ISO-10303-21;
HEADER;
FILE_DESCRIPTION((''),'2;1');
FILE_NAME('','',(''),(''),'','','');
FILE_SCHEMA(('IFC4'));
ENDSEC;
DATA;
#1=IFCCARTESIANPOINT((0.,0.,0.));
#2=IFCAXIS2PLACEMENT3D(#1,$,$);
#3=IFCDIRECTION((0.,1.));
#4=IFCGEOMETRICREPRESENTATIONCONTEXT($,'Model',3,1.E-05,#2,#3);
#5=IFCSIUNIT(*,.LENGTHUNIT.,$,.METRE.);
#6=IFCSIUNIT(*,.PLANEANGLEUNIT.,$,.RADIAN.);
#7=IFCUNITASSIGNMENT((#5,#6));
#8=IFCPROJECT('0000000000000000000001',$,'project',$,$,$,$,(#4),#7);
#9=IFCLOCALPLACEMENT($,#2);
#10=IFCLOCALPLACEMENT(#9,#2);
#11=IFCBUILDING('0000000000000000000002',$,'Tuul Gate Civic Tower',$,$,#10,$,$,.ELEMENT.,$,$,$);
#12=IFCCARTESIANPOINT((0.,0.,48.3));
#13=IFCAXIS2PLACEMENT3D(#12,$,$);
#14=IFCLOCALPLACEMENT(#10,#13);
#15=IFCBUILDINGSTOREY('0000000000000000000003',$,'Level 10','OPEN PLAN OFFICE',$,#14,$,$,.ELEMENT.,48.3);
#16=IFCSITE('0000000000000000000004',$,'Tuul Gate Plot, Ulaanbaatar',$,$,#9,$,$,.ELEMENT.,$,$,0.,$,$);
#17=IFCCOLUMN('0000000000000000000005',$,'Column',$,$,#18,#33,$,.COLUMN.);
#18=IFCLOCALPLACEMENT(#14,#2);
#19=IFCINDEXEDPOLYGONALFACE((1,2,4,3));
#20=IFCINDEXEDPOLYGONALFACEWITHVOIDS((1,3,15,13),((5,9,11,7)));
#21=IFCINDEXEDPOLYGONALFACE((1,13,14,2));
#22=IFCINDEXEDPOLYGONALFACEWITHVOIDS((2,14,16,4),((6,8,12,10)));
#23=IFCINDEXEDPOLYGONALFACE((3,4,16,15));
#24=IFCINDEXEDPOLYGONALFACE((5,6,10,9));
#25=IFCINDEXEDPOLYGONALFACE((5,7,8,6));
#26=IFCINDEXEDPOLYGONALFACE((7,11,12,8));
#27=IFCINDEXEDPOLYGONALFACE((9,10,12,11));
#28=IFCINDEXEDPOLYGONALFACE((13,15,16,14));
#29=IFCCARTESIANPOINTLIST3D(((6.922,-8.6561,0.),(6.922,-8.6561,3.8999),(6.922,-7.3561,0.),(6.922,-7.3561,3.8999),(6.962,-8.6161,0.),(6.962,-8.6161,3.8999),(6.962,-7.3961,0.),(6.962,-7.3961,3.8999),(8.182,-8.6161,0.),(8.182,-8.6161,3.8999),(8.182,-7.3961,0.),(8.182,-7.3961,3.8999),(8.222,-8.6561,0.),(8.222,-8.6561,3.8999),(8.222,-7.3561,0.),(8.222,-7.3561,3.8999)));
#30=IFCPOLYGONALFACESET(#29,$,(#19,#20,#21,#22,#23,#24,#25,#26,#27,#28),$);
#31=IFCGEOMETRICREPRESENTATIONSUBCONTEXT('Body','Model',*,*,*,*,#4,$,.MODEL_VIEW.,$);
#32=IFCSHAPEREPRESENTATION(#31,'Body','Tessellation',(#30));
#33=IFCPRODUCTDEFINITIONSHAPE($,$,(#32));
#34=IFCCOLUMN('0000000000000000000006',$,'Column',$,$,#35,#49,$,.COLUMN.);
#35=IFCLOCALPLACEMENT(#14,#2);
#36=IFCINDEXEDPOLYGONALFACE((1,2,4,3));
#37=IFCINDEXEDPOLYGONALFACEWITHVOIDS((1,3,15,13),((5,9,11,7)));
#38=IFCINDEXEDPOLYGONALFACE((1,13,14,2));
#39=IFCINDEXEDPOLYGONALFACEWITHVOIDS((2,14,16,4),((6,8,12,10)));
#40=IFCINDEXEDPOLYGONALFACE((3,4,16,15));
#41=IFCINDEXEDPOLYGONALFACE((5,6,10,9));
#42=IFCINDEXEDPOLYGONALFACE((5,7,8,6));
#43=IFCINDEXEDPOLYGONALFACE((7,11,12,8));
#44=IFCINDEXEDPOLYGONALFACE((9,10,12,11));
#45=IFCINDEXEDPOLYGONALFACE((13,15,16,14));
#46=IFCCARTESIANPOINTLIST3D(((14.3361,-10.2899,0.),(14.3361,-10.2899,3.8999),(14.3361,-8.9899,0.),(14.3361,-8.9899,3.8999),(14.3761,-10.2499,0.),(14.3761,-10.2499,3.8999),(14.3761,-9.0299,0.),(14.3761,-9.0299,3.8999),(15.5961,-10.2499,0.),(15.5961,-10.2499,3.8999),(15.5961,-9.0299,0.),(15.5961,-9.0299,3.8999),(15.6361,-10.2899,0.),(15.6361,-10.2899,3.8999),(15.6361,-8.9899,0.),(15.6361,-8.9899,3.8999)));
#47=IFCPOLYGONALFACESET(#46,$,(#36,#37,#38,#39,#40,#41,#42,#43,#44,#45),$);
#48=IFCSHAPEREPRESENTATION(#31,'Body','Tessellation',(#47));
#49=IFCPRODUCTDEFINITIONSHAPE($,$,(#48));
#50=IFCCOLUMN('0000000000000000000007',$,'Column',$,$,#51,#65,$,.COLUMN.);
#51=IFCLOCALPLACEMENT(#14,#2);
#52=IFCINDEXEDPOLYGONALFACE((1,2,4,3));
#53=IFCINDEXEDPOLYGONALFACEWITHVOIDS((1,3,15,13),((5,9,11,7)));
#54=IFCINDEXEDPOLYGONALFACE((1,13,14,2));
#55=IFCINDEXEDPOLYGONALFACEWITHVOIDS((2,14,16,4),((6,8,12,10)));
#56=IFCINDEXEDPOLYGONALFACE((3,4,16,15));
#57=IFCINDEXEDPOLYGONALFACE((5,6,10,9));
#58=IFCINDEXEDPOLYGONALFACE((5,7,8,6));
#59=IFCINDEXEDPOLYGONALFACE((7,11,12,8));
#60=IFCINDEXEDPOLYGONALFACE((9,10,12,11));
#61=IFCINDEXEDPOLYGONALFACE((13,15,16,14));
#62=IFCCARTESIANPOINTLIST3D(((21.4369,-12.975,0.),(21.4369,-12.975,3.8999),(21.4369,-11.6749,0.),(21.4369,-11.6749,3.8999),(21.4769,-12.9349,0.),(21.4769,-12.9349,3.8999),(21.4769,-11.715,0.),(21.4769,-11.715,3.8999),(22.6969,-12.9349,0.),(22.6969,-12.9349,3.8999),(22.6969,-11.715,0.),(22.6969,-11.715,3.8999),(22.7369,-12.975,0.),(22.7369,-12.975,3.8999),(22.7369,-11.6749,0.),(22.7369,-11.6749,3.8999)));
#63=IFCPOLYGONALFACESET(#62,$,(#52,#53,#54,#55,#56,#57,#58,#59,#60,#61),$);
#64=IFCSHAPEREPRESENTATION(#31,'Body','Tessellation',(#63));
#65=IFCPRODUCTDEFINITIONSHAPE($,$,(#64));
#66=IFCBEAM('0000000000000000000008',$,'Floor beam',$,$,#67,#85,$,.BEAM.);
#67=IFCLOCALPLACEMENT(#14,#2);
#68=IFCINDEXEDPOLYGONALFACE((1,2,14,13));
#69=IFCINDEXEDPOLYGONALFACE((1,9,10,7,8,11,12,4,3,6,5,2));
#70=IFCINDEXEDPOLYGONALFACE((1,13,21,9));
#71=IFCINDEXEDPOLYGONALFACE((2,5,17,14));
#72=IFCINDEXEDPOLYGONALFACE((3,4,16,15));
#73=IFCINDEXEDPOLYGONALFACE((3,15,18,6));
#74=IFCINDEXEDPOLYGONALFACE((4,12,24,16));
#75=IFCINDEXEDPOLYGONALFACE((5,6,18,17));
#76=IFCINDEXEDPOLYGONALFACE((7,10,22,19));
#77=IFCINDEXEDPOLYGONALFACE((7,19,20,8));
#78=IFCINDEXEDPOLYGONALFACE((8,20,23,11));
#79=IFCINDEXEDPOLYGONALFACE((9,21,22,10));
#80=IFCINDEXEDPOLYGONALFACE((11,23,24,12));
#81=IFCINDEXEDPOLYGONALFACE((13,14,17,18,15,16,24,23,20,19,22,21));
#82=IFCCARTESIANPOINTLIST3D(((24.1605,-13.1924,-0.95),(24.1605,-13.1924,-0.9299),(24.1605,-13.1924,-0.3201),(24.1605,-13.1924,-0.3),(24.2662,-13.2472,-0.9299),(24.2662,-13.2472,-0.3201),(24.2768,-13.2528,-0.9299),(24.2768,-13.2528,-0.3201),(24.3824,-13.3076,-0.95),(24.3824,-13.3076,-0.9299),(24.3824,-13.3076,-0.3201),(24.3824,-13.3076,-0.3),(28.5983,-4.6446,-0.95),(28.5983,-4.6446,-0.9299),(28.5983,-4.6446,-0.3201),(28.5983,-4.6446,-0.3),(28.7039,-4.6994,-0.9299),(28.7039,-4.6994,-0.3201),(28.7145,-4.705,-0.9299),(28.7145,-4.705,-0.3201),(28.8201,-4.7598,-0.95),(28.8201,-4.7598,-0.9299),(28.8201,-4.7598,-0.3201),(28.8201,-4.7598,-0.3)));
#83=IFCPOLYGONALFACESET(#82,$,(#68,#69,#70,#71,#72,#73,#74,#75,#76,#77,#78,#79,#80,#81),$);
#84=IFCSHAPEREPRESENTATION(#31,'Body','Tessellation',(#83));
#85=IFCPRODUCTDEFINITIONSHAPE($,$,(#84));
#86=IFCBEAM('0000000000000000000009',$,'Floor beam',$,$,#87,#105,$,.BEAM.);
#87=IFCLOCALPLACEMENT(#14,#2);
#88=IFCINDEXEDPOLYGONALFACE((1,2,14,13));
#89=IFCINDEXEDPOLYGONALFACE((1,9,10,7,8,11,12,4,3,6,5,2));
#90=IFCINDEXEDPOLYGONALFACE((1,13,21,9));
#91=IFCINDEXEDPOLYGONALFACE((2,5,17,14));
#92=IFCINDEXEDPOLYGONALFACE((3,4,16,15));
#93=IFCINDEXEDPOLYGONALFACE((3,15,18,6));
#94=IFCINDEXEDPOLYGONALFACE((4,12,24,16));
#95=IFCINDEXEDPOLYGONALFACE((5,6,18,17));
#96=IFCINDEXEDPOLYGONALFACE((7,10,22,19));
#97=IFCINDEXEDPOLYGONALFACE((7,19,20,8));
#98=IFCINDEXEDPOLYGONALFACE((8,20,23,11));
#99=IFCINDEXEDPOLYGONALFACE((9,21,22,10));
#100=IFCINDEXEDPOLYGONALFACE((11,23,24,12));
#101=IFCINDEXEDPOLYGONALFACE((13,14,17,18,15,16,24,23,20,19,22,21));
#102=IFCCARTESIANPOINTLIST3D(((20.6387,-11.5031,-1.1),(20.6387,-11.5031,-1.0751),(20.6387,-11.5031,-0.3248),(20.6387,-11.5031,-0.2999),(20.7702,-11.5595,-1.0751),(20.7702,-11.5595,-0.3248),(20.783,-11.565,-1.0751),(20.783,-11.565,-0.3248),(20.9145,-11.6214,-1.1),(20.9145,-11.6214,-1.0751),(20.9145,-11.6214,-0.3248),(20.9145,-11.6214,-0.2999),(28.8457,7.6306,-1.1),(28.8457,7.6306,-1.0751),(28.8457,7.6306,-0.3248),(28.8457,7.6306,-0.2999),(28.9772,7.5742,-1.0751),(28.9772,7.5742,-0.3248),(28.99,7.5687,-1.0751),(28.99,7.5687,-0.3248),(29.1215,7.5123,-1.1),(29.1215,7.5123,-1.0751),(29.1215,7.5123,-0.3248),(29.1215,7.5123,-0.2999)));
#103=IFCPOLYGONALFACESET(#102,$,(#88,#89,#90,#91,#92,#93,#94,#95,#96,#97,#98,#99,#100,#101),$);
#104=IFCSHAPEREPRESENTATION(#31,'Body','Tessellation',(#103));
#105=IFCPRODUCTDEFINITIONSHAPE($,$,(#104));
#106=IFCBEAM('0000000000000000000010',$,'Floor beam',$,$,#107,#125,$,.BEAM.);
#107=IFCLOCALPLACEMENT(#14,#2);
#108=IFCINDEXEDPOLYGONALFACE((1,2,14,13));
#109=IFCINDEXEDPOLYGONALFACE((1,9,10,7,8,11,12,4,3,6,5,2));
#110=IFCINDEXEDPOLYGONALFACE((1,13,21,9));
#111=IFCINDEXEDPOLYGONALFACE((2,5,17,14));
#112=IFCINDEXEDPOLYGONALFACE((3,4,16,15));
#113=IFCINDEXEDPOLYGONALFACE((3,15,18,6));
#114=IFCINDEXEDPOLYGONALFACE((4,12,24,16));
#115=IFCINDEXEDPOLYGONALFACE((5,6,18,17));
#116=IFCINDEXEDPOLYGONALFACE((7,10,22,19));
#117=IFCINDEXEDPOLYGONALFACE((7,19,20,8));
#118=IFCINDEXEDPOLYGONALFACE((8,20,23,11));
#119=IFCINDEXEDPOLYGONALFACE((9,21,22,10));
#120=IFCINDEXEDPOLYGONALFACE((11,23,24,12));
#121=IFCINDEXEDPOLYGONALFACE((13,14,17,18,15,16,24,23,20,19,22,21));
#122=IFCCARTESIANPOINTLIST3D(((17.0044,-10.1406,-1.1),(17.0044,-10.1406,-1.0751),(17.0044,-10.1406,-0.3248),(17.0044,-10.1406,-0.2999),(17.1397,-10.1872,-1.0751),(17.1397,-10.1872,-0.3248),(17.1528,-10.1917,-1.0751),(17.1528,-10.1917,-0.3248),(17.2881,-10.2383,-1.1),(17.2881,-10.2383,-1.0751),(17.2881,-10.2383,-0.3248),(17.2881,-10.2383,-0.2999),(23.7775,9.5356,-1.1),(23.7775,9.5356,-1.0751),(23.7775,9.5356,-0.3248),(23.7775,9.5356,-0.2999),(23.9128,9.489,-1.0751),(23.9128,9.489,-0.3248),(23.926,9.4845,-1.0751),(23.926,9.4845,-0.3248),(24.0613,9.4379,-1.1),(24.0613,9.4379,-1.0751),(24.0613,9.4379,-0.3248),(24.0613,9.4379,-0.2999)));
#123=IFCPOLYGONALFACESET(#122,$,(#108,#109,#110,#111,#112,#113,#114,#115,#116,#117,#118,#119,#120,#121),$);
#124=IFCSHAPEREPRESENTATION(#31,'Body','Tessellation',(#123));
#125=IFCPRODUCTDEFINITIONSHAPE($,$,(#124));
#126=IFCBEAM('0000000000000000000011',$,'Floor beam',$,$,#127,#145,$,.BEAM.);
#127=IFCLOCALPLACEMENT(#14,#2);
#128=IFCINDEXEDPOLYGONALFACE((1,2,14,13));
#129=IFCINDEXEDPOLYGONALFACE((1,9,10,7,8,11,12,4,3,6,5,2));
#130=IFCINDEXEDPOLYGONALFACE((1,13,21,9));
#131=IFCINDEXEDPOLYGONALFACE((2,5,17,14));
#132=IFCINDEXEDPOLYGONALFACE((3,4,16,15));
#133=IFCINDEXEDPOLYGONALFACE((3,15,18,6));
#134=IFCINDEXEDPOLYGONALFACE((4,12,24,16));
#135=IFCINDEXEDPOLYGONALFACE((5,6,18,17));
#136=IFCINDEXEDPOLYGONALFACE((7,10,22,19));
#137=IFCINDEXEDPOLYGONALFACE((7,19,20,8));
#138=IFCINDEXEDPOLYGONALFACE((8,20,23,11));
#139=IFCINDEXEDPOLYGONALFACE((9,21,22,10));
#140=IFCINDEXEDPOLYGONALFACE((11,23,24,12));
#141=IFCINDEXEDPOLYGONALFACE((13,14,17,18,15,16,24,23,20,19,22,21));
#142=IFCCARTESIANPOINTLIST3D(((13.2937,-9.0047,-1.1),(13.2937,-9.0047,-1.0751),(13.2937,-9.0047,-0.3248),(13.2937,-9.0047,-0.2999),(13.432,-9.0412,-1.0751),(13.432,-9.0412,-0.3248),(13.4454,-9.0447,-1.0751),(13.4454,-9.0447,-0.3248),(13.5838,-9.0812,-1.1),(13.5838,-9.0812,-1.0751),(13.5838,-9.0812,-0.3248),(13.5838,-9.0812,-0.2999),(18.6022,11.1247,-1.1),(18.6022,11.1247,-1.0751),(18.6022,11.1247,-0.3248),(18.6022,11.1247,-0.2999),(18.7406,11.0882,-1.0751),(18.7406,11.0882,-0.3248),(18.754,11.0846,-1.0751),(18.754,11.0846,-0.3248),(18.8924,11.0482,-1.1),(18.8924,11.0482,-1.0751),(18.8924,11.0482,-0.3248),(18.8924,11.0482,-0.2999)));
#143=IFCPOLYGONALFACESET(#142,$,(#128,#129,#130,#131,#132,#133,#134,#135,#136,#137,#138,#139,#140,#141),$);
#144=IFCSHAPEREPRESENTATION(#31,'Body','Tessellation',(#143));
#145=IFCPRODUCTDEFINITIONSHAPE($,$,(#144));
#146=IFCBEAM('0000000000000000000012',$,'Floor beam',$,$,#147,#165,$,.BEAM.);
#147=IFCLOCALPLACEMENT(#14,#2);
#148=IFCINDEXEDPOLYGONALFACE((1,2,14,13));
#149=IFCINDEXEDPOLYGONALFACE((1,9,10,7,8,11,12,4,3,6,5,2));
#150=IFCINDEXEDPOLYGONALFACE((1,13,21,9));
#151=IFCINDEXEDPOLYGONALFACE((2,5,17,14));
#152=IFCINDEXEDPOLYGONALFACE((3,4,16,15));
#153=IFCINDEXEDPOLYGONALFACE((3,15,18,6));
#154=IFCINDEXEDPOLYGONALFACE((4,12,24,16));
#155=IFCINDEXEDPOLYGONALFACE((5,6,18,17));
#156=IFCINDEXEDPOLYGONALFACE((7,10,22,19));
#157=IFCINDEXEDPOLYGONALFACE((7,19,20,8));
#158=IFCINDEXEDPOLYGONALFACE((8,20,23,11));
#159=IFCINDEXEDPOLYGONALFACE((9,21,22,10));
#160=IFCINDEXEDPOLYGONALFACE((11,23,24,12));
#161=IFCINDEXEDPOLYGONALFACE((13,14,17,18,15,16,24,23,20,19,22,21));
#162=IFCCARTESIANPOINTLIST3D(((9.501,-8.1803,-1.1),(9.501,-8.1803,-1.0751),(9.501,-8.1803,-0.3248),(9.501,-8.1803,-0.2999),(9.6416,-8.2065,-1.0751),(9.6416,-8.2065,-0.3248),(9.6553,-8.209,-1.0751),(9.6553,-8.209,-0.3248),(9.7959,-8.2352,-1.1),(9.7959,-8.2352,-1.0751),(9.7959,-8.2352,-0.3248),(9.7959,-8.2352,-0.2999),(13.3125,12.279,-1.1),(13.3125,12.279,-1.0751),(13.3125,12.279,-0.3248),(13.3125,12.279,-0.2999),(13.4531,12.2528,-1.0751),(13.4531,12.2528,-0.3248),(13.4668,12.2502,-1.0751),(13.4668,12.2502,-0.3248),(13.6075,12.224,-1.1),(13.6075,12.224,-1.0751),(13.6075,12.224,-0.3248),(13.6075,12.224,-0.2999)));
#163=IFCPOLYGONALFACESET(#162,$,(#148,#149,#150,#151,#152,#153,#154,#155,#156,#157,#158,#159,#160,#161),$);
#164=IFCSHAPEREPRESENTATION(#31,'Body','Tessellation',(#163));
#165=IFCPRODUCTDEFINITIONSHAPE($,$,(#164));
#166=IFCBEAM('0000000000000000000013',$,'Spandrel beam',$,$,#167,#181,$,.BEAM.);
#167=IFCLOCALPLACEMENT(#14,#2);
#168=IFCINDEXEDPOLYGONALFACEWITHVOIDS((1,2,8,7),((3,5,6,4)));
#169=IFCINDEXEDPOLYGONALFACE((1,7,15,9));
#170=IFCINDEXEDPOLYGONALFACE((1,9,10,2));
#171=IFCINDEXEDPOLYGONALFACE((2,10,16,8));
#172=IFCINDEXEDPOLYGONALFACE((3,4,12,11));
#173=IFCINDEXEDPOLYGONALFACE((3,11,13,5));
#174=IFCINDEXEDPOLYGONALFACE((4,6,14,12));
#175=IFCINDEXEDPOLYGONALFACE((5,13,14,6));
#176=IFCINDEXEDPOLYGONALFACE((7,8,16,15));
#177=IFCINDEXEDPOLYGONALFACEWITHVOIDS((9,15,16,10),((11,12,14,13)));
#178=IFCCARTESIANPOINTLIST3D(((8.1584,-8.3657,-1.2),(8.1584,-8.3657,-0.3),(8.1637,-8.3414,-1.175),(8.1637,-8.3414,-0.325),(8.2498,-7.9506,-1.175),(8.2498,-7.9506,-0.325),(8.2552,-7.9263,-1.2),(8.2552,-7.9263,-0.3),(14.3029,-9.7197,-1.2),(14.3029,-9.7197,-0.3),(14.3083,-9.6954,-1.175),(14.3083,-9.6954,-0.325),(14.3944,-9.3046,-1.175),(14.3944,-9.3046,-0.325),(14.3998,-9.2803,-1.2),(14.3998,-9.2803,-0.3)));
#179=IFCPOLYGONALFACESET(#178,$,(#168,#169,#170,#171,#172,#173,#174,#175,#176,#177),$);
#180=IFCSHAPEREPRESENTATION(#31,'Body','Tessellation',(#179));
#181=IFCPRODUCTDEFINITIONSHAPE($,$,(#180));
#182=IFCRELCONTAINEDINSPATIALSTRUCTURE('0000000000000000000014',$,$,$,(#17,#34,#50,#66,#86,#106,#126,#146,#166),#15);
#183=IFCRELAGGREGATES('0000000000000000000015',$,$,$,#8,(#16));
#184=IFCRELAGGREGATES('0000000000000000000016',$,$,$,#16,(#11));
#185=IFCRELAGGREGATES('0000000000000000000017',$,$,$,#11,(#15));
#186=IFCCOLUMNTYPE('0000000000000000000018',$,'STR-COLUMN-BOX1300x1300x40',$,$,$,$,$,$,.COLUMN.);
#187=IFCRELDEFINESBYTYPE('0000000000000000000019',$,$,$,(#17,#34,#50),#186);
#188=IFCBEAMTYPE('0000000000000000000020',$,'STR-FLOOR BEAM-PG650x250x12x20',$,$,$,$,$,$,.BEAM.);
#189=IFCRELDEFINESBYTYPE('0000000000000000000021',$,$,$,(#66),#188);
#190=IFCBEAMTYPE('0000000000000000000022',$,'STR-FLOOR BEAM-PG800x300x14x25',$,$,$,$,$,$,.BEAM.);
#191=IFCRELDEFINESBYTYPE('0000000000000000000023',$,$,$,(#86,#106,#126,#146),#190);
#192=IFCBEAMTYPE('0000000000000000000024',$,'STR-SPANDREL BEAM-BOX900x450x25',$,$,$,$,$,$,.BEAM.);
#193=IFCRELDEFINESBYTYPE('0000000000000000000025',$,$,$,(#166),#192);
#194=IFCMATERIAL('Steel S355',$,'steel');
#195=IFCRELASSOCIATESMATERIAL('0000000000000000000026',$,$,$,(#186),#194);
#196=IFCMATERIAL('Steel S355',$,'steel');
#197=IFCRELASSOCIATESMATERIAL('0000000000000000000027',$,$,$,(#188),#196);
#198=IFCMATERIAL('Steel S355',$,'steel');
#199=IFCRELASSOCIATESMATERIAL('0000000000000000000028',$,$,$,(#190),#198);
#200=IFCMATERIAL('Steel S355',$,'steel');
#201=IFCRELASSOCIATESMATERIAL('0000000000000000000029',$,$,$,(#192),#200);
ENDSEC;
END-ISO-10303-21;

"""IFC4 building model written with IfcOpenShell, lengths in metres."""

from ifc_helpers import new_model, si_unit, direction, frame, origin, origin_2d, place, context, subcontext, project, spatial, hollow_rectangle, i_section, extrude, material, material_profile, profile_set, type_object, element, save


model = new_model("IFC4")

# Units and contexts
model_context = context("Model", 3, precision=1e-05, world=origin(), true_north=direction((0.0, 1.0)))
body_context = subcontext(model_context, "Body", "Model", "MODEL_VIEW")
ifc_project = project(units=[si_unit("LENGTHUNIT", "METRE"), si_unit("PLANEANGLEUNIT", "RADIAN")], contexts=[model_context])

# Site, building, storey
site_placement = place(None, origin())
site = spatial("IfcSite", under=ifc_project, at=site_placement, Name="Tuul Gate Plot, Ulaanbaatar", CompositionType="ELEMENT", RefElevation=0.0)
building_placement = place(site_placement, origin())
building = spatial("IfcBuilding", under=site, at=building_placement, Name="Tuul Gate Civic Tower", CompositionType="ELEMENT")
storey_placement = place(building_placement, frame((0.0, 0.0, 48.3)))
storey = spatial("IfcBuildingStorey", under=building, at=storey_placement, Name="Level 10", Description="OPEN PLAN OFFICE", CompositionType="ELEMENT", Elevation=48.3)

# Columns
ifc_material_1 = material(Name="Steel S355", Category="steel")
ifc_material_profile_1 = material_profile(ifc_material_1, hollow_rectangle(XDim=1.3, YDim=1.3, WallThickness=0.04, at=origin_2d()), Name="BOX1300x1300x40")
ifc_profile_set_1 = profile_set([ifc_material_profile_1], Name="Steel S355")
column_type = type_object("IfcColumnType", Name="STR-COLUMN-BOX1300x1300x40", PredefinedType="COLUMN", material=ifc_profile_set_1)
for number, where, z_axis, x_axis, name in (
    (1, (7.572, -8.0061, 0.0), (0.0, 0.0, 1.0), (1.0, 0.0, 0.0), "Column"),
    (2, (14.9861, -9.6399, 0.0), (0.0, 0.0, 1.0), (1.0, 0.0, 0.0), "Column"),
    (3, (22.0869, -12.325, 0.0), (0.0, 0.0, 1.0), (1.0, 0.0, 0.0), "Column"),
):
    element("IfcColumn", number, at=place(storey_placement, frame(where, z_axis=z_axis, x_axis=x_axis)), inside=storey, type_object=column_type, Name=name, PredefinedType="COLUMN", context=body_context, shape_type="SweptSolid", body=[
        extrude(hollow_rectangle(XDim=1.3, YDim=1.3, WallThickness=0.04, at=origin_2d()), origin(), (0.0, 0.0, 1.0), 3.8999),
    ])

# Beams
ifc_material_2 = material(Name="Steel S355", Category="steel")
ifc_material_profile_2 = material_profile(ifc_material_2, i_section(OverallWidth=0.25, OverallDepth=0.6499, WebThickness=0.012, FlangeThickness=0.02, at=origin_2d()), Name="PG650x250x12x20")
ifc_profile_set_2 = profile_set([ifc_material_profile_2], Name="Steel S355")
beam_type_1 = type_object("IfcBeamType", Name="STR-FLOOR BEAM-PG650x250x12x20", PredefinedType="BEAM", material=ifc_profile_set_2)
beam_1_placement = place(storey_placement, frame((24.2715, -13.25, -0.625), z_axis=(0.460769, 0.88752, 0.0), x_axis=(-0.88752, 0.460769, 0.0)))
element("IfcBeam", 4, at=beam_1_placement, inside=storey, type_object=beam_type_1, Name="Floor beam", PredefinedType="BEAM", context=body_context, shape_type="SweptSolid", body=[
    extrude(i_section(OverallWidth=0.25, OverallDepth=0.6499, WebThickness=0.012, FlangeThickness=0.02, at=origin_2d()), origin(), (0.0, 0.0, 1.0), 9.6311),
])
ifc_material_3 = material(Name="Steel S355", Category="steel")
ifc_material_profile_3 = material_profile(ifc_material_3, i_section(OverallWidth=0.3, OverallDepth=0.8, WebThickness=0.0139, FlangeThickness=0.0249, at=origin_2d()), Name="PG800x300x14x25")
ifc_profile_set_3 = profile_set([ifc_material_profile_3], Name="Steel S355")
beam_type_2 = type_object("IfcBeamType", Name="STR-FLOOR BEAM-PG800x300x14x25", PredefinedType="BEAM", material=ifc_profile_set_3)
beam_2_placement = place(storey_placement, frame((20.7766, -11.5623, -0.7), z_axis=(0.394197, 0.919026, 0.0), x_axis=(-0.919026, 0.394197, 0.0)))
element("IfcBeam", 5, at=beam_2_placement, inside=storey, type_object=beam_type_2, Name="Floor beam", PredefinedType="BEAM", context=body_context, shape_type="SweptSolid", body=[
    extrude(i_section(OverallWidth=0.3, OverallDepth=0.8, WebThickness=0.0139, FlangeThickness=0.0249, at=origin_2d()), origin(), (0.0, 0.0, 1.0), 20.8196),
])
beam_3_placement = place(storey_placement, frame((17.1462, -10.1895, -0.7), z_axis=(0.325487, 0.945547, 0.0), x_axis=(-0.945547, 0.325487, 0.0)))
element("IfcBeam", 6, at=beam_3_placement, inside=storey, type_object=beam_type_2, Name="Floor beam", PredefinedType="BEAM", context=body_context, shape_type="SweptSolid", body=[
    extrude(i_section(OverallWidth=0.3, OverallDepth=0.8, WebThickness=0.0139, FlangeThickness=0.0249, at=origin_2d()), origin(), (0.0, 0.0, 1.0), 20.8093),
])
beam_4_placement = place(storey_placement, frame((13.4387, -9.043, -0.7), z_axis=(0.255005, 0.96694, 0.0), x_axis=(-0.96694, 0.255005, 0.0)))
element("IfcBeam", 7, at=beam_4_placement, inside=storey, type_object=beam_type_2, Name="Floor beam", PredefinedType="BEAM", context=body_context, shape_type="SweptSolid", body=[
    extrude(i_section(OverallWidth=0.3, OverallDepth=0.8, WebThickness=0.0139, FlangeThickness=0.0249, at=origin_2d()), origin(), (0.0, 0.0, 1.0), 20.8176),
])
beam_5_placement = place(storey_placement, frame((9.6484, -8.2078, -0.7), z_axis=(0.183147, 0.983085, 0.0), x_axis=(-0.983085, 0.183147, 0.0)))
element("IfcBeam", 8, at=beam_5_placement, inside=storey, type_object=beam_type_2, Name="Floor beam", PredefinedType="BEAM", context=body_context, shape_type="SweptSolid", body=[
    extrude(i_section(OverallWidth=0.3, OverallDepth=0.8, WebThickness=0.0139, FlangeThickness=0.0249, at=origin_2d()), origin(), (0.0, 0.0, 1.0), 20.8113),
])
ifc_material_4 = material(Name="Steel S355", Category="steel")
ifc_material_profile_4 = material_profile(ifc_material_4, hollow_rectangle(XDim=0.45, YDim=0.8999, WallThickness=0.0249, at=origin_2d()), Name="BOX900x450x25")
ifc_profile_set_4 = profile_set([ifc_material_profile_4], Name="Steel S355")
beam_type_3 = type_object("IfcBeamType", Name="STR-SPANDREL BEAM-BOX900x450x25", PredefinedType="BEAM", material=ifc_profile_set_4)
beam_6_placement = place(storey_placement, frame((8.2068, -8.146, -0.75), z_axis=(0.976571, -0.215196, 0.0), x_axis=(0.215196, 0.976571, 0.0)))
element("IfcBeam", 9, at=beam_6_placement, inside=storey, type_object=beam_type_3, Name="Spandrel beam", PredefinedType="BEAM", context=body_context, shape_type="SweptSolid", body=[
    extrude(hollow_rectangle(XDim=0.45, YDim=0.8999, WallThickness=0.0249, at=origin_2d()), origin(), (0.0, 0.0, 1.0), 6.292),
])

save(model, "model.ifc")
